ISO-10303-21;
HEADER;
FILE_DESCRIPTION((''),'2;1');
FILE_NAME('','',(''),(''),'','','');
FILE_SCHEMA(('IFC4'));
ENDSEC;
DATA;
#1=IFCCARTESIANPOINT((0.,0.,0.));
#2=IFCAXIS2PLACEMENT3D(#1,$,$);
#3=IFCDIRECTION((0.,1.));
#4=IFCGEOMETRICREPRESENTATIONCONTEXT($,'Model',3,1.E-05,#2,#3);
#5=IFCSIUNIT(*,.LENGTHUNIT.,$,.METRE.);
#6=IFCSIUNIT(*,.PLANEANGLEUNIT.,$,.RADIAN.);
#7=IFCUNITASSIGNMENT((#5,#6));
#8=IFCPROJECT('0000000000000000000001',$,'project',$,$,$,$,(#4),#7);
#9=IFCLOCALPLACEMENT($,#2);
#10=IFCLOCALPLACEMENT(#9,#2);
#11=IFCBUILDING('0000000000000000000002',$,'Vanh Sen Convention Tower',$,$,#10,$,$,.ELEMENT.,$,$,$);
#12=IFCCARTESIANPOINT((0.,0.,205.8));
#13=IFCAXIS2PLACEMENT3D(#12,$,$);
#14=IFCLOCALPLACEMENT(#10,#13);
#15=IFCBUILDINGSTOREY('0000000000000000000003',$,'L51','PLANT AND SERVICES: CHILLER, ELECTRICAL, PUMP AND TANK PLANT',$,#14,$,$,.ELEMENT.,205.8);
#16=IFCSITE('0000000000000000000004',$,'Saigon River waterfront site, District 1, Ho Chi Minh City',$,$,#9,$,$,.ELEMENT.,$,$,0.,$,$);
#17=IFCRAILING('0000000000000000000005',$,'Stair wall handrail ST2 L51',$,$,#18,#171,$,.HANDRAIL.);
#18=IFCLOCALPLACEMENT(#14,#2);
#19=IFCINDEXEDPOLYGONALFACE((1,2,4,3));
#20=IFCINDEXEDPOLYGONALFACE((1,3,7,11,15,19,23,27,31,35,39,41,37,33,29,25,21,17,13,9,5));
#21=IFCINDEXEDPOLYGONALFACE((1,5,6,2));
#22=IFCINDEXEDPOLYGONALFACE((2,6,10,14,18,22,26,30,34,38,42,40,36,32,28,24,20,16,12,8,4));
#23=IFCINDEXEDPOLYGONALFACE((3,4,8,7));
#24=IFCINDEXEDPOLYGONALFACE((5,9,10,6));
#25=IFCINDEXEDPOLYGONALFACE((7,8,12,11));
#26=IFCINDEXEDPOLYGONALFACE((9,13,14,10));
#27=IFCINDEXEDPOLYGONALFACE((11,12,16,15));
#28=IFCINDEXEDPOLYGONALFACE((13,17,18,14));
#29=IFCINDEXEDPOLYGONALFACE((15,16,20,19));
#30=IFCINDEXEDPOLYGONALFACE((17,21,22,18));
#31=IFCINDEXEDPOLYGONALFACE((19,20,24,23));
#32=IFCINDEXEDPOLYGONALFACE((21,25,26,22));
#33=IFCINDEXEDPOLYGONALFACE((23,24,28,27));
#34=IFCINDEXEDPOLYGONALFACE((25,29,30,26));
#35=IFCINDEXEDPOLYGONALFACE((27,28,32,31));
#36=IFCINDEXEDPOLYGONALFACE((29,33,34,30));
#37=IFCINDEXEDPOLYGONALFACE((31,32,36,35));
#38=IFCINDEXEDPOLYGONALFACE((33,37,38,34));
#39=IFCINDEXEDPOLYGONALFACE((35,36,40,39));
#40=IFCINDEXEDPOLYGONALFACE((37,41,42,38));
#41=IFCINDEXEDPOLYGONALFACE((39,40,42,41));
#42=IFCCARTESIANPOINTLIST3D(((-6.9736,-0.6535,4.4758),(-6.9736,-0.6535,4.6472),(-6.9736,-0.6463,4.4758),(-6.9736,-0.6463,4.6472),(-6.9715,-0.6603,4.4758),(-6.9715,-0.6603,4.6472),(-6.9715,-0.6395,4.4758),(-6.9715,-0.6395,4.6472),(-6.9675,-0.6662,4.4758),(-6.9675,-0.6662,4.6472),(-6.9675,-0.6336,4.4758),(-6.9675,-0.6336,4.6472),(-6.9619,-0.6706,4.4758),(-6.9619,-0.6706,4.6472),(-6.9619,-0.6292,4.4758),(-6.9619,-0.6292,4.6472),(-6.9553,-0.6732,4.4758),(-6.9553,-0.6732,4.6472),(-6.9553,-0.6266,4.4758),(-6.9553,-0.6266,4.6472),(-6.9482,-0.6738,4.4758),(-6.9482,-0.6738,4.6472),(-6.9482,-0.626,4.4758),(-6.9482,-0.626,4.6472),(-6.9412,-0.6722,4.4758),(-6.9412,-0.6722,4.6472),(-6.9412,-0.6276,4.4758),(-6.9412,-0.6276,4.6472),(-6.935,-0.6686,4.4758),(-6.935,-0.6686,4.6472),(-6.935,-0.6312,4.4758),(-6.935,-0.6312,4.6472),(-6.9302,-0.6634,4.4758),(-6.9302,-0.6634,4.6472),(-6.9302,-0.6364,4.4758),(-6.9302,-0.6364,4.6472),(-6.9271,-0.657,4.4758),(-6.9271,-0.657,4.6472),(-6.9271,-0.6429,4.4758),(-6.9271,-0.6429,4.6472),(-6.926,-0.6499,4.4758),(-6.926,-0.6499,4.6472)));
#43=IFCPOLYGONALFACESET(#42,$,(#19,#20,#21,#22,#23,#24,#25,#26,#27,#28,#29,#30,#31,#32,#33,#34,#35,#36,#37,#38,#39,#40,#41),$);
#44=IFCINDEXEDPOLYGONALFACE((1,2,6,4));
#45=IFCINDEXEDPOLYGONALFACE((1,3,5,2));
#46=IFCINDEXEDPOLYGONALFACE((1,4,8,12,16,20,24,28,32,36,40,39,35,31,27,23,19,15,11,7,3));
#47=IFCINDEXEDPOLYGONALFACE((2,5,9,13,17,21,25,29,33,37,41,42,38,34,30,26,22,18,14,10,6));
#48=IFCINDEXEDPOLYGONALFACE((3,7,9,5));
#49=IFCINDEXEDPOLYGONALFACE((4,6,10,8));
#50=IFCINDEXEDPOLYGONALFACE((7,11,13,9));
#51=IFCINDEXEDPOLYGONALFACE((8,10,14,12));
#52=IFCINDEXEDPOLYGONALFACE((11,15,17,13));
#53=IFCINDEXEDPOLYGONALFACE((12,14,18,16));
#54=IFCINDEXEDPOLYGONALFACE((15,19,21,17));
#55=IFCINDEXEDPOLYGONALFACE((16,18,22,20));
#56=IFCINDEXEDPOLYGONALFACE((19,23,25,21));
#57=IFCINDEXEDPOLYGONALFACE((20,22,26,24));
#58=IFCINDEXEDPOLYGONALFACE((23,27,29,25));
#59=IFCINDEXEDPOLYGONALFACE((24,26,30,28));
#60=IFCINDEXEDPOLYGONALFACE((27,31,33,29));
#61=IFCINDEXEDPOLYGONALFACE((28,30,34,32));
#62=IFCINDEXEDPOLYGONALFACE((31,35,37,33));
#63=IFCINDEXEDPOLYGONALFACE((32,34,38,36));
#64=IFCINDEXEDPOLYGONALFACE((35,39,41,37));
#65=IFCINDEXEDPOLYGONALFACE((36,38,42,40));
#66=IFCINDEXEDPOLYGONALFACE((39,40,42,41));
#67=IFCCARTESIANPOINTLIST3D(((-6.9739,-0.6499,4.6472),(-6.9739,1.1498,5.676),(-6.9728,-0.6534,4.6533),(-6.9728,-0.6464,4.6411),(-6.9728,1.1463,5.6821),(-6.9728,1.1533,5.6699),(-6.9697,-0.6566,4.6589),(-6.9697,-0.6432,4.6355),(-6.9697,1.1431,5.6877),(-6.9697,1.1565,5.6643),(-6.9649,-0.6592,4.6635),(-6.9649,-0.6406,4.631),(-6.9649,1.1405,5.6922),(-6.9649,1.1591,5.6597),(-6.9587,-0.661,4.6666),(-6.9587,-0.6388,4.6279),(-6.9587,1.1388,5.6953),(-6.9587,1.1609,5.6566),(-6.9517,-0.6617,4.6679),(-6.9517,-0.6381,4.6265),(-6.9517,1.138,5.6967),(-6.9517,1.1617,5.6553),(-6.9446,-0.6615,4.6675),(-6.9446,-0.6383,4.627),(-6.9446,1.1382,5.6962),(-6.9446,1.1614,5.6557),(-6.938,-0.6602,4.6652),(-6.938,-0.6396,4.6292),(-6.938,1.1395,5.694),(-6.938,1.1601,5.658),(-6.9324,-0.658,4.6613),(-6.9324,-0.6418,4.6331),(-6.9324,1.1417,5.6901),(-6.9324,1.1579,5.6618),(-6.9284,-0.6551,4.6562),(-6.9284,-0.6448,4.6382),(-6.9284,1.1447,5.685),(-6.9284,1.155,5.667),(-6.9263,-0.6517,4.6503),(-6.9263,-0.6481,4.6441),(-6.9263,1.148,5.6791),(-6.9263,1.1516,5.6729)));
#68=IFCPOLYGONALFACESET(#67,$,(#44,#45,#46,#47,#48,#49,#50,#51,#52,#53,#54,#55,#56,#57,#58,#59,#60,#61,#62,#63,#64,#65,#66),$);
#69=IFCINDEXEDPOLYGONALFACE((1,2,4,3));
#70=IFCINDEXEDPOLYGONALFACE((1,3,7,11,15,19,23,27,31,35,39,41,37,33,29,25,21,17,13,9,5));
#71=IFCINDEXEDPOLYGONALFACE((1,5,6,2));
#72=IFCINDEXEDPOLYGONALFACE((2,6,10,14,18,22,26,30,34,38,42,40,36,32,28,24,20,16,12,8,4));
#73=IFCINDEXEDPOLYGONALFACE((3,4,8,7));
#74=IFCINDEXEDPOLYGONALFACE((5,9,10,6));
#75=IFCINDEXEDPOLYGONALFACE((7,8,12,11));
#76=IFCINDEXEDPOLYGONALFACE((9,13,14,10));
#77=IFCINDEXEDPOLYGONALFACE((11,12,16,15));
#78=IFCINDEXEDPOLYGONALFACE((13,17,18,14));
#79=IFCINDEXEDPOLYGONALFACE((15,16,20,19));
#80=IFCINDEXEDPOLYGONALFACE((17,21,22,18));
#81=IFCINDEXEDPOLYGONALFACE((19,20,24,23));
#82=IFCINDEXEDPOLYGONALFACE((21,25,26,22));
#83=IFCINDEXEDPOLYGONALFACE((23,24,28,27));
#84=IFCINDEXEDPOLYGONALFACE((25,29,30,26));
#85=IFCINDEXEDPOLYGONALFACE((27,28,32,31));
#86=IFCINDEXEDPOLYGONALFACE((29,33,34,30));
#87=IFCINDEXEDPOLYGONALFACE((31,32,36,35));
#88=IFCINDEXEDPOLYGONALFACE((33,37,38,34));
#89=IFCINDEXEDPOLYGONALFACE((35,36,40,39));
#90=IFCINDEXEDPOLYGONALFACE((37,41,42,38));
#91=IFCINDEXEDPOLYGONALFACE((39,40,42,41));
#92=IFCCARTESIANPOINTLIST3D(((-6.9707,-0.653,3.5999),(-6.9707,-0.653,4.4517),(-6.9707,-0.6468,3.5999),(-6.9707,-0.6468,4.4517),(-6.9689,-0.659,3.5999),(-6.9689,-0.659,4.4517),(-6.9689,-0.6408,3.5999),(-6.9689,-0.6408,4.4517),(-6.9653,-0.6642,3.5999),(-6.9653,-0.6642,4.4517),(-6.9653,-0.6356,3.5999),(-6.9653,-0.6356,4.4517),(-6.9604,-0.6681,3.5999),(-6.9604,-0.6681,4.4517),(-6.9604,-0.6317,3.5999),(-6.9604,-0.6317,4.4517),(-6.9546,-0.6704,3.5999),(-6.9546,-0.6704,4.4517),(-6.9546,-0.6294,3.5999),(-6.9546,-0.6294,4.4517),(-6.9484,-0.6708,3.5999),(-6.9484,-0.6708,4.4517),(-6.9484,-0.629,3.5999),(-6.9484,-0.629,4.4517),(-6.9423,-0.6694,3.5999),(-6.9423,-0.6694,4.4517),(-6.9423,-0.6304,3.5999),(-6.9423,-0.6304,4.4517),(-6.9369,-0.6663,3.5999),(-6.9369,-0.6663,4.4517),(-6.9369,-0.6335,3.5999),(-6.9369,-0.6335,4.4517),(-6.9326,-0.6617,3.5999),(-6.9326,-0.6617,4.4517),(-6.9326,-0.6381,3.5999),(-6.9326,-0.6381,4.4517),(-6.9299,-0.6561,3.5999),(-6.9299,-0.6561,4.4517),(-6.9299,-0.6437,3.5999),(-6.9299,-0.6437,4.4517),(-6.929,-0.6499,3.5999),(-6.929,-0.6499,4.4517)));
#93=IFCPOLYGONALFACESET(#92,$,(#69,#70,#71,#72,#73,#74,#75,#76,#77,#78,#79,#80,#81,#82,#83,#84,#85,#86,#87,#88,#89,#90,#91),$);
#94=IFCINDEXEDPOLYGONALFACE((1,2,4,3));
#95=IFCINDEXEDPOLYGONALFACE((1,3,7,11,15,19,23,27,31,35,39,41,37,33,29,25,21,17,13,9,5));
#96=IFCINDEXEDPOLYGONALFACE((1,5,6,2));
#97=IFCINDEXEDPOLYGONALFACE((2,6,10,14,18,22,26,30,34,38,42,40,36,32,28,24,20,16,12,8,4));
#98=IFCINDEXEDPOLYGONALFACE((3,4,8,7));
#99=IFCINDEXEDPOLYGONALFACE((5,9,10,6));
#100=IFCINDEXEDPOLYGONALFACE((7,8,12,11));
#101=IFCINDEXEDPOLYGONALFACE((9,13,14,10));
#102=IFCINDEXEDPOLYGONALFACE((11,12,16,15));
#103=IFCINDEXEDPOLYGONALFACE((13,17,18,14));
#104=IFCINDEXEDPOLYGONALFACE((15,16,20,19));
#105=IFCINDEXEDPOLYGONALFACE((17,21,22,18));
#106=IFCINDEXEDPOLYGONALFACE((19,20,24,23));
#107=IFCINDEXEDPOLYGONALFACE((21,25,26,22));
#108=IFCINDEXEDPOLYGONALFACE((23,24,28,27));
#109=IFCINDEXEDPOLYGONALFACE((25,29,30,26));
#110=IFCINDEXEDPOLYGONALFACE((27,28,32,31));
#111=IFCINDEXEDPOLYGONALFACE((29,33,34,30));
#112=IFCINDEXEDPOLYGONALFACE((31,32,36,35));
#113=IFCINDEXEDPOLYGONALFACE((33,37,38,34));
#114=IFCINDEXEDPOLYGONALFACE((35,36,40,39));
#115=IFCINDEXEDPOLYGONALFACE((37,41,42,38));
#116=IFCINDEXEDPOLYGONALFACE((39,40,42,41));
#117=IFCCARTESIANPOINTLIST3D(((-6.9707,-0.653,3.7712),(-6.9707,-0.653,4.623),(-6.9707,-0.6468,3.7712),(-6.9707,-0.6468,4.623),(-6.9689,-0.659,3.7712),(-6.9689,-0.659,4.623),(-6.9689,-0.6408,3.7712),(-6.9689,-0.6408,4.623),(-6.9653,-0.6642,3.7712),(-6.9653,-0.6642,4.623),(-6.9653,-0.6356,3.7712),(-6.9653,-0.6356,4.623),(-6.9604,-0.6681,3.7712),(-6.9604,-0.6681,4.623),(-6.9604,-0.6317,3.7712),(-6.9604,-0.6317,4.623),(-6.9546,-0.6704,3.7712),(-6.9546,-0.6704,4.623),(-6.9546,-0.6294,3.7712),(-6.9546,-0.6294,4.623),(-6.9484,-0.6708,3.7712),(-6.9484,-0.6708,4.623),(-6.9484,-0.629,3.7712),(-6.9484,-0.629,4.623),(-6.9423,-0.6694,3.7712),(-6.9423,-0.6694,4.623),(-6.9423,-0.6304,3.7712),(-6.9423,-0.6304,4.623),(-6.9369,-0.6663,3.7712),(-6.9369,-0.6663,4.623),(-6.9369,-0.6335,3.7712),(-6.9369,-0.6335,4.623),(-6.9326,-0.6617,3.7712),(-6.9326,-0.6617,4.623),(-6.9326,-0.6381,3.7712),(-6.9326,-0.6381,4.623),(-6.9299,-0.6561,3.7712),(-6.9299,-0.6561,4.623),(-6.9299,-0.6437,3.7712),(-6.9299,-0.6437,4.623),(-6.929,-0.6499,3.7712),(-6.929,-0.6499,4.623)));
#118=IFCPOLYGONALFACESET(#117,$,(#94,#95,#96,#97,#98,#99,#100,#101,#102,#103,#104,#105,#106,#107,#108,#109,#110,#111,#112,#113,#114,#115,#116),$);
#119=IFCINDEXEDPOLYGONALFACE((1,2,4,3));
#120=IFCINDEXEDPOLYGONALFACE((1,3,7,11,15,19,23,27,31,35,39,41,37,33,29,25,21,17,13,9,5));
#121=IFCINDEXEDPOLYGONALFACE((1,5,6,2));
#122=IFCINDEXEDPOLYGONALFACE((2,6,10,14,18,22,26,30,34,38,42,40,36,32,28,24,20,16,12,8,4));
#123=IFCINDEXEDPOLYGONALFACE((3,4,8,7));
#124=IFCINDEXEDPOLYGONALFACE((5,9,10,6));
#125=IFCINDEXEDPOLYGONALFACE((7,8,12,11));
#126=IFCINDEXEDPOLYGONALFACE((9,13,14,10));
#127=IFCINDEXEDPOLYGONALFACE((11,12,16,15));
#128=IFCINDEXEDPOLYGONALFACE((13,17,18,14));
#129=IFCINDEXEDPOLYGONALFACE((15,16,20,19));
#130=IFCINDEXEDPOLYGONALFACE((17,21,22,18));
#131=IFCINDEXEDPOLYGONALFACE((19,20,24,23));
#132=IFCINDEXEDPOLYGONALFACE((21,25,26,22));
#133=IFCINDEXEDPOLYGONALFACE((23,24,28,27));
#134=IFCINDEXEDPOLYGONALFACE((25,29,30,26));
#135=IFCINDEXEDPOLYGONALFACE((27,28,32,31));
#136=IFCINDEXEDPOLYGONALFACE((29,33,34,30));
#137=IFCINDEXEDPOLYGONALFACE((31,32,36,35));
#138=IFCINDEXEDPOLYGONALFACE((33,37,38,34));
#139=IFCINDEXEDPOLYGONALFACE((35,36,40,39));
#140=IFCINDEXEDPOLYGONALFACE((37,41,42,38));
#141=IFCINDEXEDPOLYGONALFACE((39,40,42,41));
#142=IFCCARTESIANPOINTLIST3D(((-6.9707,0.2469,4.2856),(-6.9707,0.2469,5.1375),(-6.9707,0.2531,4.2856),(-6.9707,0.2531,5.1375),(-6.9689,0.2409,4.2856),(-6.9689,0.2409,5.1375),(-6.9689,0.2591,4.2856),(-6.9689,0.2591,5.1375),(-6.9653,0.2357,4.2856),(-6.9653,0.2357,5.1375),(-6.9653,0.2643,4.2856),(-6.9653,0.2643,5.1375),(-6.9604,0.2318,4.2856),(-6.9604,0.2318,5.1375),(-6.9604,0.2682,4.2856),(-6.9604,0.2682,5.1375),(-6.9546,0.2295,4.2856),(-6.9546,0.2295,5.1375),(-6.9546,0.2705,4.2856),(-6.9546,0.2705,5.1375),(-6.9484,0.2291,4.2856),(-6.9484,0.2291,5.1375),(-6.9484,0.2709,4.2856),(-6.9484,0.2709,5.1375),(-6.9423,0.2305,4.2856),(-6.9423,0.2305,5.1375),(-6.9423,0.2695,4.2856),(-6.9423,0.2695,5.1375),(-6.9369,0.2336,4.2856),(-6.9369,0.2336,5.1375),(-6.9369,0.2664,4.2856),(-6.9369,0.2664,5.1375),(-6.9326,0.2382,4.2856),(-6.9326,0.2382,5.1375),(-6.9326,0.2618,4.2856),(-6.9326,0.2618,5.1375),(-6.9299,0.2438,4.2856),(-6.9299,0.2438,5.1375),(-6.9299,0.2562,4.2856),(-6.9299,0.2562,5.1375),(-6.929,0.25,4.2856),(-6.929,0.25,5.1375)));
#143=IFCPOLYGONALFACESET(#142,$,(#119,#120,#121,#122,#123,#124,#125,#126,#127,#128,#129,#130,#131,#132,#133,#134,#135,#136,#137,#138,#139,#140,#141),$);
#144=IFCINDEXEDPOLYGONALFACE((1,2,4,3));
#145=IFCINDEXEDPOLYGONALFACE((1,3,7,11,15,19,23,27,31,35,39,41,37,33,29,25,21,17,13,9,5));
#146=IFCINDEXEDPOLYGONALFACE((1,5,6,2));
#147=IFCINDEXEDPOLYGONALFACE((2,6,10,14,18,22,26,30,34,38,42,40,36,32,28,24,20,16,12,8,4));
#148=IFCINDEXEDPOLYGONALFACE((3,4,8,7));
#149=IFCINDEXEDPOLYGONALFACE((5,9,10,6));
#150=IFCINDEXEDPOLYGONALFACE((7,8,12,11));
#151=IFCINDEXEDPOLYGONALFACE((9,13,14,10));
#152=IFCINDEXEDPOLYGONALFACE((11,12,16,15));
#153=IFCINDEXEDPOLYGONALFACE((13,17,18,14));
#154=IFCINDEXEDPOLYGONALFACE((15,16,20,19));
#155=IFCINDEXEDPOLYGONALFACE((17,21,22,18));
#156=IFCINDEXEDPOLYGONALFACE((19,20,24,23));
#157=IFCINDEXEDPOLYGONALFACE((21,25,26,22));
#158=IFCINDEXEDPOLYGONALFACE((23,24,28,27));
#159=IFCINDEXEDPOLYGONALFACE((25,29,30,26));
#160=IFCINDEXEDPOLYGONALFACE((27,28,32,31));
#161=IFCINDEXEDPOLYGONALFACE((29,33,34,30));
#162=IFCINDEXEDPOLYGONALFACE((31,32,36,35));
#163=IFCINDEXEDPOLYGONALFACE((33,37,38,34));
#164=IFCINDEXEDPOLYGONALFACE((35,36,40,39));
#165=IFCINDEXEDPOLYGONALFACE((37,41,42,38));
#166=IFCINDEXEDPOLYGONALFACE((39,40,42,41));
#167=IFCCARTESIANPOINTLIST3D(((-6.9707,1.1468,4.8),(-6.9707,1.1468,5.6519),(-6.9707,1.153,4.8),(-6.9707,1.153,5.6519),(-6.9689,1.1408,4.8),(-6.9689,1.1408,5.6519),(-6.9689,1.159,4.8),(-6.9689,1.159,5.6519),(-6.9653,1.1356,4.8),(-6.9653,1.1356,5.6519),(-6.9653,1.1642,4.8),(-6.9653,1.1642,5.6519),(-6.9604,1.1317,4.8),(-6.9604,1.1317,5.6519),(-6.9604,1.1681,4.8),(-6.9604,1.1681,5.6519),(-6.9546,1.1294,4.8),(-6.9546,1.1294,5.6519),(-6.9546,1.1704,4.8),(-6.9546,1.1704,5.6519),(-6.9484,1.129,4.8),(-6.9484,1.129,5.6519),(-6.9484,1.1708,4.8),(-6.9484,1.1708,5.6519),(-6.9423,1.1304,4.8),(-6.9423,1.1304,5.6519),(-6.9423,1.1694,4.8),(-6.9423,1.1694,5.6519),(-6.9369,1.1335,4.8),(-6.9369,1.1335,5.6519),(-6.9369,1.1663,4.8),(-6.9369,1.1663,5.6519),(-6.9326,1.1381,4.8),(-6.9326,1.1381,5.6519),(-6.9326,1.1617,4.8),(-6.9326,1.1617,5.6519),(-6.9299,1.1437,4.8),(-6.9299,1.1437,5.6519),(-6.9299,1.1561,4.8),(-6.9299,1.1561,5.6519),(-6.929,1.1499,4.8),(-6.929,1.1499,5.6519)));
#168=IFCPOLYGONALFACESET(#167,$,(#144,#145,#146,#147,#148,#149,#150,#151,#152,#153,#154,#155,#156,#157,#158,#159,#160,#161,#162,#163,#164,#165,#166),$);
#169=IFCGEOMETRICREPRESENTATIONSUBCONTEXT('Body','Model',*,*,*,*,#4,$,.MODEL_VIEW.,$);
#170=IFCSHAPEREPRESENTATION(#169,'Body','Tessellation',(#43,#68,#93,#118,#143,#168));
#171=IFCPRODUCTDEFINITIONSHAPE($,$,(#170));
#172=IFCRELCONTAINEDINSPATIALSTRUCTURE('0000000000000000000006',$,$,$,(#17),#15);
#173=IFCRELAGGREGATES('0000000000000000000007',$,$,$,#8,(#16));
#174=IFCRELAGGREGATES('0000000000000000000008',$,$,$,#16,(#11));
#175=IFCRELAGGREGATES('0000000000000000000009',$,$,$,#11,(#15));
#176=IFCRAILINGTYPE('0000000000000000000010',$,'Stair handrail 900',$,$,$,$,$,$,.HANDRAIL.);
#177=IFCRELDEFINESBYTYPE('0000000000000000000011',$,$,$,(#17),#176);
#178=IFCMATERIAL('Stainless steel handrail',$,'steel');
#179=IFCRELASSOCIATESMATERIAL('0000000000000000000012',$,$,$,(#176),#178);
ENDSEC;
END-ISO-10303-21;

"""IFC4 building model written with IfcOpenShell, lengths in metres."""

from ifc_helpers import new_model, si_unit, direction, frame, origin, origin_2d, place, context, subcontext, project, spatial, circle, extrude, material, type_object, element, save


model = new_model("IFC4")

# Units and contexts
model_context = context("Model", 3, precision=1e-05, world=origin(), true_north=direction((0.0, 1.0)))
body_context = subcontext(model_context, "Body", "Model", "MODEL_VIEW")
ifc_project = project(units=[si_unit("LENGTHUNIT", "METRE"), si_unit("PLANEANGLEUNIT", "RADIAN")], contexts=[model_context])

# Site, building, storey
site_placement = place(None, origin())
site = spatial("IfcSite", under=ifc_project, at=site_placement, Name="Saigon River waterfront site, District 1, Ho Chi Minh City", CompositionType="ELEMENT", RefElevation=0.0)
building_placement = place(site_placement, origin())
building = spatial("IfcBuilding", under=site, at=building_placement, Name="Vanh Sen Convention Tower", CompositionType="ELEMENT")
storey_placement = place(building_placement, frame((0.0, 0.0, 205.8)))
storey = spatial("IfcBuildingStorey", under=building, at=storey_placement, Name="L51", Description="PLANT AND SERVICES: CHILLER, ELECTRICAL, PUMP AND TANK PLANT", CompositionType="ELEMENT", Elevation=205.8)

# Railing
ifc_material_1 = material(Name="Stainless steel handrail", Category="steel")
railing_type = type_object("IfcRailingType", Name="Stair handrail 900", PredefinedType="HANDRAIL", material=ifc_material_1)
railing_placement = place(storey_placement, frame((-6.95, -0.6499, 3.5999)))
element("IfcRailing", 1, at=railing_placement, inside=storey, type_object=railing_type, Name="Stair wall handrail ST2 L51", PredefinedType="HANDRAIL", context=body_context, shape_type="SweptSolid", body=[
    extrude(circle(Radius=0.0239, at=origin_2d()), frame((0.0, 0.0, 0.876), z_axis=(0.0, 0.0, 1.0), x_axis=(1.0, 0.0, 0.0)), (0.0, 0.0, 1.0), 0.1714),
    extrude(circle(Radius=0.0239, at=origin_2d()), frame((0.0, 0.0, 1.0474), z_axis=(0.0, 0.868171, 0.496266), x_axis=(-1.0, 0.0, 0.0)), (0.0, 0.0, 1.0), 2.073),
    extrude(circle(Radius=0.021, at=origin_2d()), origin(), (0.0, 0.0, 1.0), 0.8518),
    extrude(circle(Radius=0.021, at=origin_2d()), frame((0.0, 0.0, 0.1714)), (0.0, 0.0, 1.0), 0.8518),
    extrude(circle(Radius=0.021, at=origin_2d()), frame((0.0, 0.8999, 0.6858)), (0.0, 0.0, 1.0), 0.8518),
    extrude(circle(Radius=0.021, at=origin_2d()), frame((0.0, 1.7998, 1.2002)), (0.0, 0.0, 1.0), 0.8518),
])

save(model, "model.ifc")
